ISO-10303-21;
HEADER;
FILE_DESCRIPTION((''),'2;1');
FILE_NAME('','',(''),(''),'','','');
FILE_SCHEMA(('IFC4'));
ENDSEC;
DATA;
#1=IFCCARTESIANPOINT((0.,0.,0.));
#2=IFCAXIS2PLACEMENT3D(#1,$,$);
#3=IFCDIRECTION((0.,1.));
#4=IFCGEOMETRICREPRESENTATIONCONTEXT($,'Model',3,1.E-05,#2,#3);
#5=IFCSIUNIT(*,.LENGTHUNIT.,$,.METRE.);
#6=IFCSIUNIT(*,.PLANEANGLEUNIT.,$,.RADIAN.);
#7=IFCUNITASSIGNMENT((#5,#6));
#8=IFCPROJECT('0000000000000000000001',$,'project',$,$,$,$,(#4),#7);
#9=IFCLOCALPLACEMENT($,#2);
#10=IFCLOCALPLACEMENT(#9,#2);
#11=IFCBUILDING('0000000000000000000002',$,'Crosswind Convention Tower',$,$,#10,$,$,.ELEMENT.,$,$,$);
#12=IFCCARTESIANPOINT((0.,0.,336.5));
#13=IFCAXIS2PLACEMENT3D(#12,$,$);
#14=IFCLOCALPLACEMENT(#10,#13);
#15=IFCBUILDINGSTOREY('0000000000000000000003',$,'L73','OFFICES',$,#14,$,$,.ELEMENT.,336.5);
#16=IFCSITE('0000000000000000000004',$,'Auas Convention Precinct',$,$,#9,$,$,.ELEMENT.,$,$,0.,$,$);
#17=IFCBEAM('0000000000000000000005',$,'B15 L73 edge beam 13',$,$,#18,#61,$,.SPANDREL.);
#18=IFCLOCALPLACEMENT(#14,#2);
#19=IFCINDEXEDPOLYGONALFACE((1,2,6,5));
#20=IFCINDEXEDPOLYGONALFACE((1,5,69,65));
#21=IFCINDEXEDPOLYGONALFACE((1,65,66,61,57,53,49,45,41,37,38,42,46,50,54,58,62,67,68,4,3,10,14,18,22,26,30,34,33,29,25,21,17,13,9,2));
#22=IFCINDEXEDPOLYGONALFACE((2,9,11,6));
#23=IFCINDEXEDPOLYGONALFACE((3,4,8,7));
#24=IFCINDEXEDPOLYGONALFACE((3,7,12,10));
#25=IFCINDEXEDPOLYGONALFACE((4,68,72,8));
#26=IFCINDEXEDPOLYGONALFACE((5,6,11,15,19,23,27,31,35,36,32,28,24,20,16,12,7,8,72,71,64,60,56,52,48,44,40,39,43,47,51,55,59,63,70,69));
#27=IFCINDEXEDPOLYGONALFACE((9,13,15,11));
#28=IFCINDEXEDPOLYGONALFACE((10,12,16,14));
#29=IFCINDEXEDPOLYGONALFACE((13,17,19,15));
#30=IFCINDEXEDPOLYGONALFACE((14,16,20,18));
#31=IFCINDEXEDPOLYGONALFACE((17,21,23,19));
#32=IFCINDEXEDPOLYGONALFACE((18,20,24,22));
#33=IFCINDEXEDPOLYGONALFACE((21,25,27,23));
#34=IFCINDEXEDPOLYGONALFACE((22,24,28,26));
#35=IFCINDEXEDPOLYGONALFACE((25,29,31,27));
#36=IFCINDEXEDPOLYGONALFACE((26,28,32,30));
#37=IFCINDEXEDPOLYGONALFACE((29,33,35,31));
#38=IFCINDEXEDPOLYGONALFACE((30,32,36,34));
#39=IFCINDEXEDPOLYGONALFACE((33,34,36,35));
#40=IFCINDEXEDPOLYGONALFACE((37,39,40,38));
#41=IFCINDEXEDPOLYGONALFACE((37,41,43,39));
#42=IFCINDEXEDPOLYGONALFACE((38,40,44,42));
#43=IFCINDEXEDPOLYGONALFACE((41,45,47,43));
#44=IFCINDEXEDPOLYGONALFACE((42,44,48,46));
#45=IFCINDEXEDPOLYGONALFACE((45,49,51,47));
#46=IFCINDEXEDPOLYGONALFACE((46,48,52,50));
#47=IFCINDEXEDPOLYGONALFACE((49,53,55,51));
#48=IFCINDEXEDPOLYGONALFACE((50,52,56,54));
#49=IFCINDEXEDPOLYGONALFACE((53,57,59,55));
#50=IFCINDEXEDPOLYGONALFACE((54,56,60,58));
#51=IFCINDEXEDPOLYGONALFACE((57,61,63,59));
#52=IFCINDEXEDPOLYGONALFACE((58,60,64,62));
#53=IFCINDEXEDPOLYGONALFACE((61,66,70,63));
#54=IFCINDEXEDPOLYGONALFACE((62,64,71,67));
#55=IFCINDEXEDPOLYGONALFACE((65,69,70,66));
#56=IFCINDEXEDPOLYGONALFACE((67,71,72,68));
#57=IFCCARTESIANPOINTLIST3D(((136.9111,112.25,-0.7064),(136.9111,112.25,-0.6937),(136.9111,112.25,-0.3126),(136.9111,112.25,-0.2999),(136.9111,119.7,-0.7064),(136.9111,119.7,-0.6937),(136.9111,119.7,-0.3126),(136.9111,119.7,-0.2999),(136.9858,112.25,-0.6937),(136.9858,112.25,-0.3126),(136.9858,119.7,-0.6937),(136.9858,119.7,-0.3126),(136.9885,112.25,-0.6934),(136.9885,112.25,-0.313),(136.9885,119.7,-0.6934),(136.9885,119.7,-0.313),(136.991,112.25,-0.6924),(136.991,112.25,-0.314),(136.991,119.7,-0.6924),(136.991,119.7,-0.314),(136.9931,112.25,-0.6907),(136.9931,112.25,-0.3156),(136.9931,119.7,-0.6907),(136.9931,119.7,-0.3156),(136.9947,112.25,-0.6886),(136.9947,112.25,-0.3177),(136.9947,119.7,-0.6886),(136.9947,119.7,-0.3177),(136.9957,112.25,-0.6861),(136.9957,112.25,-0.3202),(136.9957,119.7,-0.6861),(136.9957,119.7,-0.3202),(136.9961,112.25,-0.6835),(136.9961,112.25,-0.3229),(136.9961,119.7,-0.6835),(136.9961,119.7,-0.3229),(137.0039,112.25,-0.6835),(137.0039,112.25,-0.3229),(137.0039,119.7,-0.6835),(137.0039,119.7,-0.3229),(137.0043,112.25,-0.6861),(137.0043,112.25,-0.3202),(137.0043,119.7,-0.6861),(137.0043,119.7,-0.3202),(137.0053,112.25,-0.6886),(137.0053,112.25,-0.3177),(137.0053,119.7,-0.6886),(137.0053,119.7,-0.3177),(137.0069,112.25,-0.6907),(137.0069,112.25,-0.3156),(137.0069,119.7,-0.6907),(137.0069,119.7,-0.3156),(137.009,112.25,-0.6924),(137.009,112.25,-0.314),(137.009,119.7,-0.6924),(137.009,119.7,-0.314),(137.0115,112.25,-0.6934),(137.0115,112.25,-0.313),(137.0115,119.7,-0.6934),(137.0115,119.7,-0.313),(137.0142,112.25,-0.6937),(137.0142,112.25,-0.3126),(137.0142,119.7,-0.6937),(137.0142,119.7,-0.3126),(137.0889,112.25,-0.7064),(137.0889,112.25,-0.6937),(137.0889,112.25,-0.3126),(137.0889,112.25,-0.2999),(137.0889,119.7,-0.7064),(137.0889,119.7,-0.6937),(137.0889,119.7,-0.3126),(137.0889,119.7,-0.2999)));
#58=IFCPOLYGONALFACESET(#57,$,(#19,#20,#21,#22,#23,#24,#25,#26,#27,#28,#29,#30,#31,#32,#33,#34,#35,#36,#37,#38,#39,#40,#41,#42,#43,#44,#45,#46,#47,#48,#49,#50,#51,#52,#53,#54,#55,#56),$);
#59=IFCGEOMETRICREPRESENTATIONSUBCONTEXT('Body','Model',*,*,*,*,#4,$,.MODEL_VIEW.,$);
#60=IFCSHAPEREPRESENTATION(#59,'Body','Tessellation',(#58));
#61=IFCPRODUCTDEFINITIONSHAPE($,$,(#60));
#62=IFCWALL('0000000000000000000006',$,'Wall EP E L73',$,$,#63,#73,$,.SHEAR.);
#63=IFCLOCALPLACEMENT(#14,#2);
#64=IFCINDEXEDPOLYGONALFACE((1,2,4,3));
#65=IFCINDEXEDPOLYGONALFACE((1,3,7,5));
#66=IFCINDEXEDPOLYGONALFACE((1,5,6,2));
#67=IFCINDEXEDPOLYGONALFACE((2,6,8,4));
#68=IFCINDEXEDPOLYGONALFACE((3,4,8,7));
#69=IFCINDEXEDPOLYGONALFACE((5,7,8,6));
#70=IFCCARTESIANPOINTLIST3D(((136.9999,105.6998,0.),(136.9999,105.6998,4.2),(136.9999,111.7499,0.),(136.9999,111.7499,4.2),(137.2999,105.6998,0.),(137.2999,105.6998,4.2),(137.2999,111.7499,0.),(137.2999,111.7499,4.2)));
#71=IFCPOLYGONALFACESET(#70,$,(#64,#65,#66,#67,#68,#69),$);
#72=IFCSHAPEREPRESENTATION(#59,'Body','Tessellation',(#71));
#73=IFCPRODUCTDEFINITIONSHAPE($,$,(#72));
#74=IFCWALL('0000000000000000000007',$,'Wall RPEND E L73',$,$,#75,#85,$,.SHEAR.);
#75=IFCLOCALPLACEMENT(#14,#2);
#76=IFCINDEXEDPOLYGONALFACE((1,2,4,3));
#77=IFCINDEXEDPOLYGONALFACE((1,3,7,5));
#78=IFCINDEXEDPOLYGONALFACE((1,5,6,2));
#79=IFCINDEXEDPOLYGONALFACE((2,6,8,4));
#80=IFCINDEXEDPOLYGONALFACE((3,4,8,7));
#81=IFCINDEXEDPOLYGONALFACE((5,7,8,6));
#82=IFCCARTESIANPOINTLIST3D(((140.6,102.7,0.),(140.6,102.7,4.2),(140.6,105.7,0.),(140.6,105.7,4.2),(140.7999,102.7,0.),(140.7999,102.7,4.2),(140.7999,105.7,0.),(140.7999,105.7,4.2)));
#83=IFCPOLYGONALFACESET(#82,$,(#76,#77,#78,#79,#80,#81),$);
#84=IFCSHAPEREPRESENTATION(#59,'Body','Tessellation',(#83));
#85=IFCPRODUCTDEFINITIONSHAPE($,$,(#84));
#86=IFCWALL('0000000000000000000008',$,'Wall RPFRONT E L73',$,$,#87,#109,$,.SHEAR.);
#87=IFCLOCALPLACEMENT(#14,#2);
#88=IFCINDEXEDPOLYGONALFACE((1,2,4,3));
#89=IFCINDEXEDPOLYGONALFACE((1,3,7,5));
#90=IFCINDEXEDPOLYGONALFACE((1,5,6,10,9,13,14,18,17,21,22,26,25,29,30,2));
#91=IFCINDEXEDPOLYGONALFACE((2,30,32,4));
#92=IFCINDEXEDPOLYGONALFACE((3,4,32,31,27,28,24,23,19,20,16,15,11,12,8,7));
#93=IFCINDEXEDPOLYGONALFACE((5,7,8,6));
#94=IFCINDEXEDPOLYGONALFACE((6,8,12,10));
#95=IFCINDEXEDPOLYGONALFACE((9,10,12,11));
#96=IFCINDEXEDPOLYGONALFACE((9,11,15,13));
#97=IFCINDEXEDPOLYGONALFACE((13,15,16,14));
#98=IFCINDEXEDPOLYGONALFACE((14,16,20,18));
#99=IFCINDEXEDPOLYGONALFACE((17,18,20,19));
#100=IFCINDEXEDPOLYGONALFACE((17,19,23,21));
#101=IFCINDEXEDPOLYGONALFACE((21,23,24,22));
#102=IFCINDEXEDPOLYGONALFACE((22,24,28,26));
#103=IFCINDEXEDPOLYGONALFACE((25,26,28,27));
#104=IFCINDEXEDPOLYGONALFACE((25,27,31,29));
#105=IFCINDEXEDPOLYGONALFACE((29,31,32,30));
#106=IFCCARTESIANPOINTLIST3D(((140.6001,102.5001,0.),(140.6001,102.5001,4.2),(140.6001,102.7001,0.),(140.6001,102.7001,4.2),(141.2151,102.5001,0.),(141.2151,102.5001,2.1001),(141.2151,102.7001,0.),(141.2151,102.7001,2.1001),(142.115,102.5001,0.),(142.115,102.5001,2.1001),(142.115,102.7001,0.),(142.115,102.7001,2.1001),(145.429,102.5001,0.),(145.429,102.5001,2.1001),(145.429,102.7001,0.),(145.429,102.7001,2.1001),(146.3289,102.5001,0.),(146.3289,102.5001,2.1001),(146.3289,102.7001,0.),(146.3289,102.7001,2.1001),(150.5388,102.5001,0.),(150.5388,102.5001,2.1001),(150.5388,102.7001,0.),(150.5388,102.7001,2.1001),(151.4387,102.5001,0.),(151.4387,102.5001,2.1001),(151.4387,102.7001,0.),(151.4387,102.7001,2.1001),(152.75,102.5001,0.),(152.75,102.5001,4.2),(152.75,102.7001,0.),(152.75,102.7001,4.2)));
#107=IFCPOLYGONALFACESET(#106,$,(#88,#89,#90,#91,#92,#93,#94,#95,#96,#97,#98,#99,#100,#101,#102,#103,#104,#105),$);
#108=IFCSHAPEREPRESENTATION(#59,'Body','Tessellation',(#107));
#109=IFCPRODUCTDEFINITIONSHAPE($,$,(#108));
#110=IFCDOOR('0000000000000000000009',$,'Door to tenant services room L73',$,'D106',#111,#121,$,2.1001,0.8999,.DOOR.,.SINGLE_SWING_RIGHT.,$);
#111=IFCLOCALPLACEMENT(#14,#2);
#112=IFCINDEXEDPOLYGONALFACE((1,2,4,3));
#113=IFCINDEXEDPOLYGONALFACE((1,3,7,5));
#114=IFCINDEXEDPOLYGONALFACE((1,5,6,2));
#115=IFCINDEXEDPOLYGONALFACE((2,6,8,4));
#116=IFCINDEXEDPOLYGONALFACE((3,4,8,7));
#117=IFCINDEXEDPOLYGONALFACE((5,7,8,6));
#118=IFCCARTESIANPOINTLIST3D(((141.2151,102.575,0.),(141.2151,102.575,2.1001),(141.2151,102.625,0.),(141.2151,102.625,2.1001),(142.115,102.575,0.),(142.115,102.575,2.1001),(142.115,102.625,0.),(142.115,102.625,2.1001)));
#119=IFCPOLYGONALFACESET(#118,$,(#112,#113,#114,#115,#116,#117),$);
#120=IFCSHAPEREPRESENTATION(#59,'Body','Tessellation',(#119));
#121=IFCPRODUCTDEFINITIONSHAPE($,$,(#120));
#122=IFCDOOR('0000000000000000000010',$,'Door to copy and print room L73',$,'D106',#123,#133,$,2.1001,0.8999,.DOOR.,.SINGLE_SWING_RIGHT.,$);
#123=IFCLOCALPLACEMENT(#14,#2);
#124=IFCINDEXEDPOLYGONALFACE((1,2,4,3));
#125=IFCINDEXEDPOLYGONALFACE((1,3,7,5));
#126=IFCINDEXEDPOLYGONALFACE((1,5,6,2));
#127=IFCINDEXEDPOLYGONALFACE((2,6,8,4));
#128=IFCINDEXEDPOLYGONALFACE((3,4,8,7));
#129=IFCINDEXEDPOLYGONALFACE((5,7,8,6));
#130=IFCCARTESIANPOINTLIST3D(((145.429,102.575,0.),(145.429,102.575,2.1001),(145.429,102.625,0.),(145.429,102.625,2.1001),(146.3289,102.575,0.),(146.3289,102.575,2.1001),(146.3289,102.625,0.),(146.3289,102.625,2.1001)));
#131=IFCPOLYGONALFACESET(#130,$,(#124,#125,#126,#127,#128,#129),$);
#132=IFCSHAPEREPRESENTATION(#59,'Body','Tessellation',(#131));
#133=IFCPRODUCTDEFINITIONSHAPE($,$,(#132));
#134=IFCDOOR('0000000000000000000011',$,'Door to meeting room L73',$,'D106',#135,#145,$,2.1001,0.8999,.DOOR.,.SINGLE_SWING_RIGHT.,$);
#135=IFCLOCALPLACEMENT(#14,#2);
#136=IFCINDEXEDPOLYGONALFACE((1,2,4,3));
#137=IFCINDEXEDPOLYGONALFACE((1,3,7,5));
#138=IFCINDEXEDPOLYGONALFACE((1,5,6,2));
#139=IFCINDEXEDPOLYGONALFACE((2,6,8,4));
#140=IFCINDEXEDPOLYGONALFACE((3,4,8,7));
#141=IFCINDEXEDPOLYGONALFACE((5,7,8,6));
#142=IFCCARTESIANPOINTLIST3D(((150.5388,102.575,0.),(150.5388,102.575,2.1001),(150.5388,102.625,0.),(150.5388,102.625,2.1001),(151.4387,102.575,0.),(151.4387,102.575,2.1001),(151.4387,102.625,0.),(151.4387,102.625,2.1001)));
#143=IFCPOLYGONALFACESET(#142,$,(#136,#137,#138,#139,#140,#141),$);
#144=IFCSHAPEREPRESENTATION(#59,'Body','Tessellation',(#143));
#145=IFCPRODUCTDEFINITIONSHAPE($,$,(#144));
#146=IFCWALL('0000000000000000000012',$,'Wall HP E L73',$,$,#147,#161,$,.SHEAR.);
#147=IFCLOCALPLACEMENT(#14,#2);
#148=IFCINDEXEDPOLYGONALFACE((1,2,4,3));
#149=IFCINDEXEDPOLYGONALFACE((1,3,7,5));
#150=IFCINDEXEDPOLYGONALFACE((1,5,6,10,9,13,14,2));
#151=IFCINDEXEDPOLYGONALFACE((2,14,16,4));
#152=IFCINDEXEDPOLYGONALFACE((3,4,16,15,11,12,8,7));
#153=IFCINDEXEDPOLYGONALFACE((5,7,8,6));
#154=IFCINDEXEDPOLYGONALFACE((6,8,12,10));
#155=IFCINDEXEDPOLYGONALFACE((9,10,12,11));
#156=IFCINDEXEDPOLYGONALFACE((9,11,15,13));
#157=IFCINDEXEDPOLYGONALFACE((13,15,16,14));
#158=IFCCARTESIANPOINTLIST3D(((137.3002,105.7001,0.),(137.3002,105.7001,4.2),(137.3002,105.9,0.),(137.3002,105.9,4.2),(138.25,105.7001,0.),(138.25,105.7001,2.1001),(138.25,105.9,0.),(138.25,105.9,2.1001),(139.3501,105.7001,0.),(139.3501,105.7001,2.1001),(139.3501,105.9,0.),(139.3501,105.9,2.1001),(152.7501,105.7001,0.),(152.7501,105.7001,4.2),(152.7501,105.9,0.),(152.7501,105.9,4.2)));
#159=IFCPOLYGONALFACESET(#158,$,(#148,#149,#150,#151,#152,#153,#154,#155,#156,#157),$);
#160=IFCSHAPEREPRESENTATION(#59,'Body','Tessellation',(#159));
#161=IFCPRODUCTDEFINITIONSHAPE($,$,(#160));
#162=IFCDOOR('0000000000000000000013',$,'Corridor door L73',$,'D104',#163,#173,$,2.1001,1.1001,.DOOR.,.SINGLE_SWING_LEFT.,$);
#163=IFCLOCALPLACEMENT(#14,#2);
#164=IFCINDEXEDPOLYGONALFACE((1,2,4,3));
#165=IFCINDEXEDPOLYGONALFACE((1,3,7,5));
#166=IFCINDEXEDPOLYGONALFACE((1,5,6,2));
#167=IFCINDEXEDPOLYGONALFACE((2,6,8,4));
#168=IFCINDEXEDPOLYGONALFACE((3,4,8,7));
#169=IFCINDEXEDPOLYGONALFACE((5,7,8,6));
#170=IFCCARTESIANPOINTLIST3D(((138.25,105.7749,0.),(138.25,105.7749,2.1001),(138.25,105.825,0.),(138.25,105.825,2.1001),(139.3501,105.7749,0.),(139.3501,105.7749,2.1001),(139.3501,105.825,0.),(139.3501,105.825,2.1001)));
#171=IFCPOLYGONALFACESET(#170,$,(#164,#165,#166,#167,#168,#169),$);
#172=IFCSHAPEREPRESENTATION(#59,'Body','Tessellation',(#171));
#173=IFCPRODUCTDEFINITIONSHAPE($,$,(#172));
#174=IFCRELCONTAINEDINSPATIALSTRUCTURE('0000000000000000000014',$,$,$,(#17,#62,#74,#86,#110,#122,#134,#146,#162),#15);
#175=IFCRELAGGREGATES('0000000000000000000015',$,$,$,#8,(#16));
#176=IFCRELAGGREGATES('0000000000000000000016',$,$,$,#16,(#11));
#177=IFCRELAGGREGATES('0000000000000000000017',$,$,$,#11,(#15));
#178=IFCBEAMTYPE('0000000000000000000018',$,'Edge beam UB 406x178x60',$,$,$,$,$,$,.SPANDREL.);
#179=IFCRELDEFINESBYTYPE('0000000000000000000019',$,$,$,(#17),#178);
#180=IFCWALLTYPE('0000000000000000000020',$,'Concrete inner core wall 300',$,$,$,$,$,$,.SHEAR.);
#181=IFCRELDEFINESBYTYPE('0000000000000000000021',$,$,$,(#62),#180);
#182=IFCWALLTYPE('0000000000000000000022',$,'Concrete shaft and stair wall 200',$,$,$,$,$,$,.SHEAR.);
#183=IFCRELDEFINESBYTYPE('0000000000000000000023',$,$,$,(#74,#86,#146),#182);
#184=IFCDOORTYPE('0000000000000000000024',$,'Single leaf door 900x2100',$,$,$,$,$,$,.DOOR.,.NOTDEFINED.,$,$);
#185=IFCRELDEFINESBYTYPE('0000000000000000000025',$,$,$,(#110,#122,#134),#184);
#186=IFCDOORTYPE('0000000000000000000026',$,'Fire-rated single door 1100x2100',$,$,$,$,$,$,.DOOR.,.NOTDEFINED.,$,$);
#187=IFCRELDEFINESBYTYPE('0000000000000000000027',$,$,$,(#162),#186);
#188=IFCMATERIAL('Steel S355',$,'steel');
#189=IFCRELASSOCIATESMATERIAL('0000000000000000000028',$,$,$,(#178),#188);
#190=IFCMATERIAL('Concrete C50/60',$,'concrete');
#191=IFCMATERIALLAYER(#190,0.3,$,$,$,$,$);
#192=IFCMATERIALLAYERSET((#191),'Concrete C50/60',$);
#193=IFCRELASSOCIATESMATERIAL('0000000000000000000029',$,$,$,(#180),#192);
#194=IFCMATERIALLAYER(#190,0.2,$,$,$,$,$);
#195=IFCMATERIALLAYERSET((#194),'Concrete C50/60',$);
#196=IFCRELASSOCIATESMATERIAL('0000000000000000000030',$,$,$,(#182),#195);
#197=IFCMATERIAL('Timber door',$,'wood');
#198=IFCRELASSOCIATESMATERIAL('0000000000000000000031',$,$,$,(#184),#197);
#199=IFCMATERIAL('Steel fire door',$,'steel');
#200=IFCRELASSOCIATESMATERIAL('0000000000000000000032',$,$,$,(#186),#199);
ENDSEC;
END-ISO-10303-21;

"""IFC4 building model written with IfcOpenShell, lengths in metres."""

from ifc_helpers import new_model, si_unit, direction, frame, frame_2d, origin, origin_2d, place, context, subcontext, project, spatial, rectangle, i_section, extrude, material, layer, layer_set, material_profile, profile_set, type_object, element, fill, save


model = new_model("IFC4")

# Units and contexts
model_context = context("Model", 3, precision=1e-05, world=origin(), true_north=direction((0.0, 1.0)))
body_context = subcontext(model_context, "Body", "Model", "MODEL_VIEW")
ifc_project = project(units=[si_unit("LENGTHUNIT", "METRE"), si_unit("PLANEANGLEUNIT", "RADIAN")], contexts=[model_context])

# Site, building, storey
site_placement = place(None, origin())
site = spatial("IfcSite", under=ifc_project, at=site_placement, Name="Auas Convention Precinct", CompositionType="ELEMENT", RefElevation=0.0)
building_placement = place(site_placement, origin())
building = spatial("IfcBuilding", under=site, at=building_placement, Name="Crosswind Convention Tower", CompositionType="ELEMENT")
storey_placement = place(building_placement, frame((0.0, 0.0, 336.5)))
storey = spatial("IfcBuildingStorey", under=building, at=storey_placement, Name="L73", Description="OFFICES", CompositionType="ELEMENT", Elevation=336.5)

# Beam
ifc_material_1 = material(Name="Steel S355", Category="steel")
ifc_material_profile = material_profile(ifc_material_1, i_section(OverallWidth=0.1777, OverallDepth=0.4065, WebThickness=0.0078, FlangeThickness=0.0127, FilletRadius=0.0103, at=origin_2d()), Name="UB 406x178x60")
ifc_profile_set = profile_set([ifc_material_profile], Name="Steel S355")
beam_type = type_object("IfcBeamType", Name="Edge beam UB 406x178x60", PredefinedType="SPANDREL", material=ifc_profile_set)
beam_placement = place(storey_placement, frame((137.0, 112.25, -0.5032), z_axis=(0.0, 1.0, 0.0), x_axis=(-1.0, 0.0, 0.0)))
element("IfcBeam", 1, at=beam_placement, inside=storey, type_object=beam_type, Name="B15 L73 edge beam 13", PredefinedType="SPANDREL", context=body_context, shape_type="SweptSolid", body=[
    extrude(i_section(OverallWidth=0.1777, OverallDepth=0.4065, WebThickness=0.0078, FlangeThickness=0.0127, FilletRadius=0.0103, at=origin_2d()), origin(), (0.0, 0.0, 1.0), 7.45),
])

# Walls
ifc_material_2 = material(Name="Concrete C50/60", Category="concrete")
ifc_layer_1 = layer(ifc_material_2, 0.3)
ifc_layer_set_1 = layer_set([ifc_layer_1], Name="Concrete C50/60")
wall_type_1 = type_object("IfcWallType", Name="Concrete inner core wall 300", PredefinedType="SHEAR", material=ifc_layer_set_1)
wall_1_placement = place(storey_placement, frame((137.1499, 105.7, 0.0), z_axis=(0.0, 0.0, 1.0), x_axis=(0.0, 1.0, 0.0)))
element("IfcWall", 2, at=wall_1_placement, inside=storey, type_object=wall_type_1, Name="Wall EP E L73", PredefinedType="SHEAR", context=body_context, shape_type="SweptSolid", body=[
    extrude(rectangle(XDim=6.05, YDim=0.3, at=frame_2d((3.0249, 0.0))), origin(), (0.0, 0.0, 1.0), 4.2),
])
ifc_layer_2 = layer(ifc_material_2, 0.2)
ifc_layer_set_2 = layer_set([ifc_layer_2], Name="Concrete C50/60")
wall_type_2 = type_object("IfcWallType", Name="Concrete shaft and stair wall 200", PredefinedType="SHEAR", material=ifc_layer_set_2)
wall_2_placement = place(storey_placement, frame((140.7, 102.7, 0.0), z_axis=(0.0, 0.0, 1.0), x_axis=(0.0, 1.0, 0.0)))
element("IfcWall", 3, at=wall_2_placement, inside=storey, type_object=wall_type_2, Name="Wall RPEND E L73", PredefinedType="SHEAR", context=body_context, shape_type="SweptSolid", body=[
    extrude(rectangle(XDim=3.0, YDim=0.2, at=frame_2d((1.5, 0.0))), origin(), (0.0, 0.0, 1.0), 4.2),
])

# Wall, openings, doors
wall_3_placement = place(storey_placement, frame((140.6001, 102.6001, 0.0), z_axis=(0.0, 0.0, 1.0), x_axis=(1.0, 0.0, 0.0)))
wall_3 = element("IfcWall", 4, at=wall_3_placement, inside=storey, type_object=wall_type_2, Name="Wall RPFRONT E L73", PredefinedType="SHEAR", context=body_context, shape_type="SweptSolid", body=[
    extrude(rectangle(XDim=12.1499, YDim=0.2, at=frame_2d((6.075, 0.0))), origin(), (0.0, 0.0, 1.0), 4.2),
])
opening_1_placement = place(wall_3_placement, frame((0.615, 0.0, 0.0)))
opening_1 = element("IfcOpeningElement", 5, at=opening_1_placement, cuts=wall_3, PredefinedType="OPENING", context=body_context, shape_type="SweptSolid", body=[
    extrude(rectangle(XDim=0.8999, YDim=2.1001, at=frame_2d((0.45, 1.05))), frame((0.0, 0.1099, 0.0), z_axis=(0.0, -1.0, 0.0), x_axis=(1.0, 0.0, 0.0)), (0.0, 0.0, 1.0), 0.22),
])
opening_2_placement = place(wall_3_placement, frame((4.8289, 0.0, 0.0)))
opening_2 = element("IfcOpeningElement", 6, at=opening_2_placement, cuts=wall_3, PredefinedType="OPENING", context=body_context, shape_type="SweptSolid", body=[
    extrude(rectangle(XDim=0.8999, YDim=2.1001, at=frame_2d((0.45, 1.05))), frame((0.0, 0.1099, 0.0), z_axis=(0.0, -1.0, 0.0), x_axis=(1.0, 0.0, 0.0)), (0.0, 0.0, 1.0), 0.22),
])
opening_3_placement = place(wall_3_placement, frame((9.9387, 0.0, 0.0)))
opening_3 = element("IfcOpeningElement", 7, at=opening_3_placement, cuts=wall_3, PredefinedType="OPENING", context=body_context, shape_type="SweptSolid", body=[
    extrude(rectangle(XDim=0.8999, YDim=2.1001, at=frame_2d((0.45, 1.05))), frame((0.0, 0.1099, 0.0), z_axis=(0.0, -1.0, 0.0), x_axis=(1.0, 0.0, 0.0)), (0.0, 0.0, 1.0), 0.22),
])
ifc_material_3 = material(Name="Timber door", Category="wood")
door_type_1 = type_object("IfcDoorType", Name="Single leaf door 900x2100", OperationType="NOTDEFINED", PredefinedType="DOOR", material=ifc_material_3)
door_1_placement = place(opening_1_placement, origin())
door_1 = element("IfcDoor", 8, at=door_1_placement, inside=storey, type_object=door_type_1, Name="Door to tenant services room L73", ObjectType="D106", OperationType="SINGLE_SWING_RIGHT", OverallHeight=2.1001, OverallWidth=0.8999, PredefinedType="DOOR", context=body_context, shape_type="SweptSolid", body=[
    extrude(rectangle(XDim=0.8999, YDim=2.1001, at=frame_2d((0.45, 1.05))), frame((0.0, 0.0249, 0.0), z_axis=(0.0, -1.0, 0.0), x_axis=(1.0, 0.0, 0.0)), (0.0, 0.0, 1.0), 0.05),
])
fill(opening_1, door_1)
door_2_placement = place(opening_2_placement, origin())
door_2 = element("IfcDoor", 9, at=door_2_placement, inside=storey, type_object=door_type_1, Name="Door to copy and print room L73", ObjectType="D106", OperationType="SINGLE_SWING_RIGHT", OverallHeight=2.1001, OverallWidth=0.8999, PredefinedType="DOOR", context=body_context, shape_type="SweptSolid", body=[
    extrude(rectangle(XDim=0.8999, YDim=2.1001, at=frame_2d((0.45, 1.05))), frame((0.0, 0.0249, 0.0), z_axis=(0.0, -1.0, 0.0), x_axis=(1.0, 0.0, 0.0)), (0.0, 0.0, 1.0), 0.05),
])
fill(opening_2, door_2)
door_3_placement = place(opening_3_placement, origin())
door_3 = element("IfcDoor", 10, at=door_3_placement, inside=storey, type_object=door_type_1, Name="Door to meeting room L73", ObjectType="D106", OperationType="SINGLE_SWING_RIGHT", OverallHeight=2.1001, OverallWidth=0.8999, PredefinedType="DOOR", context=body_context, shape_type="SweptSolid", body=[
    extrude(rectangle(XDim=0.8999, YDim=2.1001, at=frame_2d((0.45, 1.05))), frame((0.0, 0.0249, 0.0), z_axis=(0.0, -1.0, 0.0), x_axis=(1.0, 0.0, 0.0)), (0.0, 0.0, 1.0), 0.05),
])
fill(opening_3, door_3)

# Wall, opening, door
wall_4_placement = place(storey_placement, frame((137.3, 105.8, 0.0), z_axis=(0.0, 0.0, 1.0), x_axis=(1.0, 0.0, 0.0)))
wall_4 = element("IfcWall", 11, at=wall_4_placement, inside=storey, type_object=wall_type_2, Name="Wall HP E L73", PredefinedType="SHEAR", context=body_context, shape_type="SweptSolid", body=[
    extrude(rectangle(XDim=15.45, YDim=0.2, at=frame_2d((7.7251, 0.0))), origin(), (0.0, 0.0, 1.0), 4.2),
])
opening_4_placement = place(wall_4_placement, frame((0.95, 0.0, 0.0)))
opening_4 = element("IfcOpeningElement", 12, at=opening_4_placement, cuts=wall_4, PredefinedType="OPENING", context=body_context, shape_type="SweptSolid", body=[
    extrude(rectangle(XDim=1.1001, YDim=2.1001, at=frame_2d((0.55, 1.05))), frame((0.0, 0.1099, 0.0), z_axis=(0.0, -1.0, 0.0), x_axis=(1.0, 0.0, 0.0)), (0.0, 0.0, 1.0), 0.22),
])
ifc_material_4 = material(Name="Steel fire door", Category="steel")
door_type_2 = type_object("IfcDoorType", Name="Fire-rated single door 1100x2100", OperationType="NOTDEFINED", PredefinedType="DOOR", material=ifc_material_4)
door_4_placement = place(opening_4_placement, origin())
door_4 = element("IfcDoor", 13, at=door_4_placement, inside=storey, type_object=door_type_2, Name="Corridor door L73", ObjectType="D104", OperationType="SINGLE_SWING_LEFT", OverallHeight=2.1001, OverallWidth=1.1001, PredefinedType="DOOR", context=body_context, shape_type="SweptSolid", body=[
    extrude(rectangle(XDim=1.1001, YDim=2.1001, at=frame_2d((0.55, 1.05))), frame((0.0, 0.0249, 0.0), z_axis=(0.0, -1.0, 0.0), x_axis=(1.0, 0.0, 0.0)), (0.0, 0.0, 1.0), 0.05),
])
fill(opening_4, door_4)

save(model, "model.ifc")
